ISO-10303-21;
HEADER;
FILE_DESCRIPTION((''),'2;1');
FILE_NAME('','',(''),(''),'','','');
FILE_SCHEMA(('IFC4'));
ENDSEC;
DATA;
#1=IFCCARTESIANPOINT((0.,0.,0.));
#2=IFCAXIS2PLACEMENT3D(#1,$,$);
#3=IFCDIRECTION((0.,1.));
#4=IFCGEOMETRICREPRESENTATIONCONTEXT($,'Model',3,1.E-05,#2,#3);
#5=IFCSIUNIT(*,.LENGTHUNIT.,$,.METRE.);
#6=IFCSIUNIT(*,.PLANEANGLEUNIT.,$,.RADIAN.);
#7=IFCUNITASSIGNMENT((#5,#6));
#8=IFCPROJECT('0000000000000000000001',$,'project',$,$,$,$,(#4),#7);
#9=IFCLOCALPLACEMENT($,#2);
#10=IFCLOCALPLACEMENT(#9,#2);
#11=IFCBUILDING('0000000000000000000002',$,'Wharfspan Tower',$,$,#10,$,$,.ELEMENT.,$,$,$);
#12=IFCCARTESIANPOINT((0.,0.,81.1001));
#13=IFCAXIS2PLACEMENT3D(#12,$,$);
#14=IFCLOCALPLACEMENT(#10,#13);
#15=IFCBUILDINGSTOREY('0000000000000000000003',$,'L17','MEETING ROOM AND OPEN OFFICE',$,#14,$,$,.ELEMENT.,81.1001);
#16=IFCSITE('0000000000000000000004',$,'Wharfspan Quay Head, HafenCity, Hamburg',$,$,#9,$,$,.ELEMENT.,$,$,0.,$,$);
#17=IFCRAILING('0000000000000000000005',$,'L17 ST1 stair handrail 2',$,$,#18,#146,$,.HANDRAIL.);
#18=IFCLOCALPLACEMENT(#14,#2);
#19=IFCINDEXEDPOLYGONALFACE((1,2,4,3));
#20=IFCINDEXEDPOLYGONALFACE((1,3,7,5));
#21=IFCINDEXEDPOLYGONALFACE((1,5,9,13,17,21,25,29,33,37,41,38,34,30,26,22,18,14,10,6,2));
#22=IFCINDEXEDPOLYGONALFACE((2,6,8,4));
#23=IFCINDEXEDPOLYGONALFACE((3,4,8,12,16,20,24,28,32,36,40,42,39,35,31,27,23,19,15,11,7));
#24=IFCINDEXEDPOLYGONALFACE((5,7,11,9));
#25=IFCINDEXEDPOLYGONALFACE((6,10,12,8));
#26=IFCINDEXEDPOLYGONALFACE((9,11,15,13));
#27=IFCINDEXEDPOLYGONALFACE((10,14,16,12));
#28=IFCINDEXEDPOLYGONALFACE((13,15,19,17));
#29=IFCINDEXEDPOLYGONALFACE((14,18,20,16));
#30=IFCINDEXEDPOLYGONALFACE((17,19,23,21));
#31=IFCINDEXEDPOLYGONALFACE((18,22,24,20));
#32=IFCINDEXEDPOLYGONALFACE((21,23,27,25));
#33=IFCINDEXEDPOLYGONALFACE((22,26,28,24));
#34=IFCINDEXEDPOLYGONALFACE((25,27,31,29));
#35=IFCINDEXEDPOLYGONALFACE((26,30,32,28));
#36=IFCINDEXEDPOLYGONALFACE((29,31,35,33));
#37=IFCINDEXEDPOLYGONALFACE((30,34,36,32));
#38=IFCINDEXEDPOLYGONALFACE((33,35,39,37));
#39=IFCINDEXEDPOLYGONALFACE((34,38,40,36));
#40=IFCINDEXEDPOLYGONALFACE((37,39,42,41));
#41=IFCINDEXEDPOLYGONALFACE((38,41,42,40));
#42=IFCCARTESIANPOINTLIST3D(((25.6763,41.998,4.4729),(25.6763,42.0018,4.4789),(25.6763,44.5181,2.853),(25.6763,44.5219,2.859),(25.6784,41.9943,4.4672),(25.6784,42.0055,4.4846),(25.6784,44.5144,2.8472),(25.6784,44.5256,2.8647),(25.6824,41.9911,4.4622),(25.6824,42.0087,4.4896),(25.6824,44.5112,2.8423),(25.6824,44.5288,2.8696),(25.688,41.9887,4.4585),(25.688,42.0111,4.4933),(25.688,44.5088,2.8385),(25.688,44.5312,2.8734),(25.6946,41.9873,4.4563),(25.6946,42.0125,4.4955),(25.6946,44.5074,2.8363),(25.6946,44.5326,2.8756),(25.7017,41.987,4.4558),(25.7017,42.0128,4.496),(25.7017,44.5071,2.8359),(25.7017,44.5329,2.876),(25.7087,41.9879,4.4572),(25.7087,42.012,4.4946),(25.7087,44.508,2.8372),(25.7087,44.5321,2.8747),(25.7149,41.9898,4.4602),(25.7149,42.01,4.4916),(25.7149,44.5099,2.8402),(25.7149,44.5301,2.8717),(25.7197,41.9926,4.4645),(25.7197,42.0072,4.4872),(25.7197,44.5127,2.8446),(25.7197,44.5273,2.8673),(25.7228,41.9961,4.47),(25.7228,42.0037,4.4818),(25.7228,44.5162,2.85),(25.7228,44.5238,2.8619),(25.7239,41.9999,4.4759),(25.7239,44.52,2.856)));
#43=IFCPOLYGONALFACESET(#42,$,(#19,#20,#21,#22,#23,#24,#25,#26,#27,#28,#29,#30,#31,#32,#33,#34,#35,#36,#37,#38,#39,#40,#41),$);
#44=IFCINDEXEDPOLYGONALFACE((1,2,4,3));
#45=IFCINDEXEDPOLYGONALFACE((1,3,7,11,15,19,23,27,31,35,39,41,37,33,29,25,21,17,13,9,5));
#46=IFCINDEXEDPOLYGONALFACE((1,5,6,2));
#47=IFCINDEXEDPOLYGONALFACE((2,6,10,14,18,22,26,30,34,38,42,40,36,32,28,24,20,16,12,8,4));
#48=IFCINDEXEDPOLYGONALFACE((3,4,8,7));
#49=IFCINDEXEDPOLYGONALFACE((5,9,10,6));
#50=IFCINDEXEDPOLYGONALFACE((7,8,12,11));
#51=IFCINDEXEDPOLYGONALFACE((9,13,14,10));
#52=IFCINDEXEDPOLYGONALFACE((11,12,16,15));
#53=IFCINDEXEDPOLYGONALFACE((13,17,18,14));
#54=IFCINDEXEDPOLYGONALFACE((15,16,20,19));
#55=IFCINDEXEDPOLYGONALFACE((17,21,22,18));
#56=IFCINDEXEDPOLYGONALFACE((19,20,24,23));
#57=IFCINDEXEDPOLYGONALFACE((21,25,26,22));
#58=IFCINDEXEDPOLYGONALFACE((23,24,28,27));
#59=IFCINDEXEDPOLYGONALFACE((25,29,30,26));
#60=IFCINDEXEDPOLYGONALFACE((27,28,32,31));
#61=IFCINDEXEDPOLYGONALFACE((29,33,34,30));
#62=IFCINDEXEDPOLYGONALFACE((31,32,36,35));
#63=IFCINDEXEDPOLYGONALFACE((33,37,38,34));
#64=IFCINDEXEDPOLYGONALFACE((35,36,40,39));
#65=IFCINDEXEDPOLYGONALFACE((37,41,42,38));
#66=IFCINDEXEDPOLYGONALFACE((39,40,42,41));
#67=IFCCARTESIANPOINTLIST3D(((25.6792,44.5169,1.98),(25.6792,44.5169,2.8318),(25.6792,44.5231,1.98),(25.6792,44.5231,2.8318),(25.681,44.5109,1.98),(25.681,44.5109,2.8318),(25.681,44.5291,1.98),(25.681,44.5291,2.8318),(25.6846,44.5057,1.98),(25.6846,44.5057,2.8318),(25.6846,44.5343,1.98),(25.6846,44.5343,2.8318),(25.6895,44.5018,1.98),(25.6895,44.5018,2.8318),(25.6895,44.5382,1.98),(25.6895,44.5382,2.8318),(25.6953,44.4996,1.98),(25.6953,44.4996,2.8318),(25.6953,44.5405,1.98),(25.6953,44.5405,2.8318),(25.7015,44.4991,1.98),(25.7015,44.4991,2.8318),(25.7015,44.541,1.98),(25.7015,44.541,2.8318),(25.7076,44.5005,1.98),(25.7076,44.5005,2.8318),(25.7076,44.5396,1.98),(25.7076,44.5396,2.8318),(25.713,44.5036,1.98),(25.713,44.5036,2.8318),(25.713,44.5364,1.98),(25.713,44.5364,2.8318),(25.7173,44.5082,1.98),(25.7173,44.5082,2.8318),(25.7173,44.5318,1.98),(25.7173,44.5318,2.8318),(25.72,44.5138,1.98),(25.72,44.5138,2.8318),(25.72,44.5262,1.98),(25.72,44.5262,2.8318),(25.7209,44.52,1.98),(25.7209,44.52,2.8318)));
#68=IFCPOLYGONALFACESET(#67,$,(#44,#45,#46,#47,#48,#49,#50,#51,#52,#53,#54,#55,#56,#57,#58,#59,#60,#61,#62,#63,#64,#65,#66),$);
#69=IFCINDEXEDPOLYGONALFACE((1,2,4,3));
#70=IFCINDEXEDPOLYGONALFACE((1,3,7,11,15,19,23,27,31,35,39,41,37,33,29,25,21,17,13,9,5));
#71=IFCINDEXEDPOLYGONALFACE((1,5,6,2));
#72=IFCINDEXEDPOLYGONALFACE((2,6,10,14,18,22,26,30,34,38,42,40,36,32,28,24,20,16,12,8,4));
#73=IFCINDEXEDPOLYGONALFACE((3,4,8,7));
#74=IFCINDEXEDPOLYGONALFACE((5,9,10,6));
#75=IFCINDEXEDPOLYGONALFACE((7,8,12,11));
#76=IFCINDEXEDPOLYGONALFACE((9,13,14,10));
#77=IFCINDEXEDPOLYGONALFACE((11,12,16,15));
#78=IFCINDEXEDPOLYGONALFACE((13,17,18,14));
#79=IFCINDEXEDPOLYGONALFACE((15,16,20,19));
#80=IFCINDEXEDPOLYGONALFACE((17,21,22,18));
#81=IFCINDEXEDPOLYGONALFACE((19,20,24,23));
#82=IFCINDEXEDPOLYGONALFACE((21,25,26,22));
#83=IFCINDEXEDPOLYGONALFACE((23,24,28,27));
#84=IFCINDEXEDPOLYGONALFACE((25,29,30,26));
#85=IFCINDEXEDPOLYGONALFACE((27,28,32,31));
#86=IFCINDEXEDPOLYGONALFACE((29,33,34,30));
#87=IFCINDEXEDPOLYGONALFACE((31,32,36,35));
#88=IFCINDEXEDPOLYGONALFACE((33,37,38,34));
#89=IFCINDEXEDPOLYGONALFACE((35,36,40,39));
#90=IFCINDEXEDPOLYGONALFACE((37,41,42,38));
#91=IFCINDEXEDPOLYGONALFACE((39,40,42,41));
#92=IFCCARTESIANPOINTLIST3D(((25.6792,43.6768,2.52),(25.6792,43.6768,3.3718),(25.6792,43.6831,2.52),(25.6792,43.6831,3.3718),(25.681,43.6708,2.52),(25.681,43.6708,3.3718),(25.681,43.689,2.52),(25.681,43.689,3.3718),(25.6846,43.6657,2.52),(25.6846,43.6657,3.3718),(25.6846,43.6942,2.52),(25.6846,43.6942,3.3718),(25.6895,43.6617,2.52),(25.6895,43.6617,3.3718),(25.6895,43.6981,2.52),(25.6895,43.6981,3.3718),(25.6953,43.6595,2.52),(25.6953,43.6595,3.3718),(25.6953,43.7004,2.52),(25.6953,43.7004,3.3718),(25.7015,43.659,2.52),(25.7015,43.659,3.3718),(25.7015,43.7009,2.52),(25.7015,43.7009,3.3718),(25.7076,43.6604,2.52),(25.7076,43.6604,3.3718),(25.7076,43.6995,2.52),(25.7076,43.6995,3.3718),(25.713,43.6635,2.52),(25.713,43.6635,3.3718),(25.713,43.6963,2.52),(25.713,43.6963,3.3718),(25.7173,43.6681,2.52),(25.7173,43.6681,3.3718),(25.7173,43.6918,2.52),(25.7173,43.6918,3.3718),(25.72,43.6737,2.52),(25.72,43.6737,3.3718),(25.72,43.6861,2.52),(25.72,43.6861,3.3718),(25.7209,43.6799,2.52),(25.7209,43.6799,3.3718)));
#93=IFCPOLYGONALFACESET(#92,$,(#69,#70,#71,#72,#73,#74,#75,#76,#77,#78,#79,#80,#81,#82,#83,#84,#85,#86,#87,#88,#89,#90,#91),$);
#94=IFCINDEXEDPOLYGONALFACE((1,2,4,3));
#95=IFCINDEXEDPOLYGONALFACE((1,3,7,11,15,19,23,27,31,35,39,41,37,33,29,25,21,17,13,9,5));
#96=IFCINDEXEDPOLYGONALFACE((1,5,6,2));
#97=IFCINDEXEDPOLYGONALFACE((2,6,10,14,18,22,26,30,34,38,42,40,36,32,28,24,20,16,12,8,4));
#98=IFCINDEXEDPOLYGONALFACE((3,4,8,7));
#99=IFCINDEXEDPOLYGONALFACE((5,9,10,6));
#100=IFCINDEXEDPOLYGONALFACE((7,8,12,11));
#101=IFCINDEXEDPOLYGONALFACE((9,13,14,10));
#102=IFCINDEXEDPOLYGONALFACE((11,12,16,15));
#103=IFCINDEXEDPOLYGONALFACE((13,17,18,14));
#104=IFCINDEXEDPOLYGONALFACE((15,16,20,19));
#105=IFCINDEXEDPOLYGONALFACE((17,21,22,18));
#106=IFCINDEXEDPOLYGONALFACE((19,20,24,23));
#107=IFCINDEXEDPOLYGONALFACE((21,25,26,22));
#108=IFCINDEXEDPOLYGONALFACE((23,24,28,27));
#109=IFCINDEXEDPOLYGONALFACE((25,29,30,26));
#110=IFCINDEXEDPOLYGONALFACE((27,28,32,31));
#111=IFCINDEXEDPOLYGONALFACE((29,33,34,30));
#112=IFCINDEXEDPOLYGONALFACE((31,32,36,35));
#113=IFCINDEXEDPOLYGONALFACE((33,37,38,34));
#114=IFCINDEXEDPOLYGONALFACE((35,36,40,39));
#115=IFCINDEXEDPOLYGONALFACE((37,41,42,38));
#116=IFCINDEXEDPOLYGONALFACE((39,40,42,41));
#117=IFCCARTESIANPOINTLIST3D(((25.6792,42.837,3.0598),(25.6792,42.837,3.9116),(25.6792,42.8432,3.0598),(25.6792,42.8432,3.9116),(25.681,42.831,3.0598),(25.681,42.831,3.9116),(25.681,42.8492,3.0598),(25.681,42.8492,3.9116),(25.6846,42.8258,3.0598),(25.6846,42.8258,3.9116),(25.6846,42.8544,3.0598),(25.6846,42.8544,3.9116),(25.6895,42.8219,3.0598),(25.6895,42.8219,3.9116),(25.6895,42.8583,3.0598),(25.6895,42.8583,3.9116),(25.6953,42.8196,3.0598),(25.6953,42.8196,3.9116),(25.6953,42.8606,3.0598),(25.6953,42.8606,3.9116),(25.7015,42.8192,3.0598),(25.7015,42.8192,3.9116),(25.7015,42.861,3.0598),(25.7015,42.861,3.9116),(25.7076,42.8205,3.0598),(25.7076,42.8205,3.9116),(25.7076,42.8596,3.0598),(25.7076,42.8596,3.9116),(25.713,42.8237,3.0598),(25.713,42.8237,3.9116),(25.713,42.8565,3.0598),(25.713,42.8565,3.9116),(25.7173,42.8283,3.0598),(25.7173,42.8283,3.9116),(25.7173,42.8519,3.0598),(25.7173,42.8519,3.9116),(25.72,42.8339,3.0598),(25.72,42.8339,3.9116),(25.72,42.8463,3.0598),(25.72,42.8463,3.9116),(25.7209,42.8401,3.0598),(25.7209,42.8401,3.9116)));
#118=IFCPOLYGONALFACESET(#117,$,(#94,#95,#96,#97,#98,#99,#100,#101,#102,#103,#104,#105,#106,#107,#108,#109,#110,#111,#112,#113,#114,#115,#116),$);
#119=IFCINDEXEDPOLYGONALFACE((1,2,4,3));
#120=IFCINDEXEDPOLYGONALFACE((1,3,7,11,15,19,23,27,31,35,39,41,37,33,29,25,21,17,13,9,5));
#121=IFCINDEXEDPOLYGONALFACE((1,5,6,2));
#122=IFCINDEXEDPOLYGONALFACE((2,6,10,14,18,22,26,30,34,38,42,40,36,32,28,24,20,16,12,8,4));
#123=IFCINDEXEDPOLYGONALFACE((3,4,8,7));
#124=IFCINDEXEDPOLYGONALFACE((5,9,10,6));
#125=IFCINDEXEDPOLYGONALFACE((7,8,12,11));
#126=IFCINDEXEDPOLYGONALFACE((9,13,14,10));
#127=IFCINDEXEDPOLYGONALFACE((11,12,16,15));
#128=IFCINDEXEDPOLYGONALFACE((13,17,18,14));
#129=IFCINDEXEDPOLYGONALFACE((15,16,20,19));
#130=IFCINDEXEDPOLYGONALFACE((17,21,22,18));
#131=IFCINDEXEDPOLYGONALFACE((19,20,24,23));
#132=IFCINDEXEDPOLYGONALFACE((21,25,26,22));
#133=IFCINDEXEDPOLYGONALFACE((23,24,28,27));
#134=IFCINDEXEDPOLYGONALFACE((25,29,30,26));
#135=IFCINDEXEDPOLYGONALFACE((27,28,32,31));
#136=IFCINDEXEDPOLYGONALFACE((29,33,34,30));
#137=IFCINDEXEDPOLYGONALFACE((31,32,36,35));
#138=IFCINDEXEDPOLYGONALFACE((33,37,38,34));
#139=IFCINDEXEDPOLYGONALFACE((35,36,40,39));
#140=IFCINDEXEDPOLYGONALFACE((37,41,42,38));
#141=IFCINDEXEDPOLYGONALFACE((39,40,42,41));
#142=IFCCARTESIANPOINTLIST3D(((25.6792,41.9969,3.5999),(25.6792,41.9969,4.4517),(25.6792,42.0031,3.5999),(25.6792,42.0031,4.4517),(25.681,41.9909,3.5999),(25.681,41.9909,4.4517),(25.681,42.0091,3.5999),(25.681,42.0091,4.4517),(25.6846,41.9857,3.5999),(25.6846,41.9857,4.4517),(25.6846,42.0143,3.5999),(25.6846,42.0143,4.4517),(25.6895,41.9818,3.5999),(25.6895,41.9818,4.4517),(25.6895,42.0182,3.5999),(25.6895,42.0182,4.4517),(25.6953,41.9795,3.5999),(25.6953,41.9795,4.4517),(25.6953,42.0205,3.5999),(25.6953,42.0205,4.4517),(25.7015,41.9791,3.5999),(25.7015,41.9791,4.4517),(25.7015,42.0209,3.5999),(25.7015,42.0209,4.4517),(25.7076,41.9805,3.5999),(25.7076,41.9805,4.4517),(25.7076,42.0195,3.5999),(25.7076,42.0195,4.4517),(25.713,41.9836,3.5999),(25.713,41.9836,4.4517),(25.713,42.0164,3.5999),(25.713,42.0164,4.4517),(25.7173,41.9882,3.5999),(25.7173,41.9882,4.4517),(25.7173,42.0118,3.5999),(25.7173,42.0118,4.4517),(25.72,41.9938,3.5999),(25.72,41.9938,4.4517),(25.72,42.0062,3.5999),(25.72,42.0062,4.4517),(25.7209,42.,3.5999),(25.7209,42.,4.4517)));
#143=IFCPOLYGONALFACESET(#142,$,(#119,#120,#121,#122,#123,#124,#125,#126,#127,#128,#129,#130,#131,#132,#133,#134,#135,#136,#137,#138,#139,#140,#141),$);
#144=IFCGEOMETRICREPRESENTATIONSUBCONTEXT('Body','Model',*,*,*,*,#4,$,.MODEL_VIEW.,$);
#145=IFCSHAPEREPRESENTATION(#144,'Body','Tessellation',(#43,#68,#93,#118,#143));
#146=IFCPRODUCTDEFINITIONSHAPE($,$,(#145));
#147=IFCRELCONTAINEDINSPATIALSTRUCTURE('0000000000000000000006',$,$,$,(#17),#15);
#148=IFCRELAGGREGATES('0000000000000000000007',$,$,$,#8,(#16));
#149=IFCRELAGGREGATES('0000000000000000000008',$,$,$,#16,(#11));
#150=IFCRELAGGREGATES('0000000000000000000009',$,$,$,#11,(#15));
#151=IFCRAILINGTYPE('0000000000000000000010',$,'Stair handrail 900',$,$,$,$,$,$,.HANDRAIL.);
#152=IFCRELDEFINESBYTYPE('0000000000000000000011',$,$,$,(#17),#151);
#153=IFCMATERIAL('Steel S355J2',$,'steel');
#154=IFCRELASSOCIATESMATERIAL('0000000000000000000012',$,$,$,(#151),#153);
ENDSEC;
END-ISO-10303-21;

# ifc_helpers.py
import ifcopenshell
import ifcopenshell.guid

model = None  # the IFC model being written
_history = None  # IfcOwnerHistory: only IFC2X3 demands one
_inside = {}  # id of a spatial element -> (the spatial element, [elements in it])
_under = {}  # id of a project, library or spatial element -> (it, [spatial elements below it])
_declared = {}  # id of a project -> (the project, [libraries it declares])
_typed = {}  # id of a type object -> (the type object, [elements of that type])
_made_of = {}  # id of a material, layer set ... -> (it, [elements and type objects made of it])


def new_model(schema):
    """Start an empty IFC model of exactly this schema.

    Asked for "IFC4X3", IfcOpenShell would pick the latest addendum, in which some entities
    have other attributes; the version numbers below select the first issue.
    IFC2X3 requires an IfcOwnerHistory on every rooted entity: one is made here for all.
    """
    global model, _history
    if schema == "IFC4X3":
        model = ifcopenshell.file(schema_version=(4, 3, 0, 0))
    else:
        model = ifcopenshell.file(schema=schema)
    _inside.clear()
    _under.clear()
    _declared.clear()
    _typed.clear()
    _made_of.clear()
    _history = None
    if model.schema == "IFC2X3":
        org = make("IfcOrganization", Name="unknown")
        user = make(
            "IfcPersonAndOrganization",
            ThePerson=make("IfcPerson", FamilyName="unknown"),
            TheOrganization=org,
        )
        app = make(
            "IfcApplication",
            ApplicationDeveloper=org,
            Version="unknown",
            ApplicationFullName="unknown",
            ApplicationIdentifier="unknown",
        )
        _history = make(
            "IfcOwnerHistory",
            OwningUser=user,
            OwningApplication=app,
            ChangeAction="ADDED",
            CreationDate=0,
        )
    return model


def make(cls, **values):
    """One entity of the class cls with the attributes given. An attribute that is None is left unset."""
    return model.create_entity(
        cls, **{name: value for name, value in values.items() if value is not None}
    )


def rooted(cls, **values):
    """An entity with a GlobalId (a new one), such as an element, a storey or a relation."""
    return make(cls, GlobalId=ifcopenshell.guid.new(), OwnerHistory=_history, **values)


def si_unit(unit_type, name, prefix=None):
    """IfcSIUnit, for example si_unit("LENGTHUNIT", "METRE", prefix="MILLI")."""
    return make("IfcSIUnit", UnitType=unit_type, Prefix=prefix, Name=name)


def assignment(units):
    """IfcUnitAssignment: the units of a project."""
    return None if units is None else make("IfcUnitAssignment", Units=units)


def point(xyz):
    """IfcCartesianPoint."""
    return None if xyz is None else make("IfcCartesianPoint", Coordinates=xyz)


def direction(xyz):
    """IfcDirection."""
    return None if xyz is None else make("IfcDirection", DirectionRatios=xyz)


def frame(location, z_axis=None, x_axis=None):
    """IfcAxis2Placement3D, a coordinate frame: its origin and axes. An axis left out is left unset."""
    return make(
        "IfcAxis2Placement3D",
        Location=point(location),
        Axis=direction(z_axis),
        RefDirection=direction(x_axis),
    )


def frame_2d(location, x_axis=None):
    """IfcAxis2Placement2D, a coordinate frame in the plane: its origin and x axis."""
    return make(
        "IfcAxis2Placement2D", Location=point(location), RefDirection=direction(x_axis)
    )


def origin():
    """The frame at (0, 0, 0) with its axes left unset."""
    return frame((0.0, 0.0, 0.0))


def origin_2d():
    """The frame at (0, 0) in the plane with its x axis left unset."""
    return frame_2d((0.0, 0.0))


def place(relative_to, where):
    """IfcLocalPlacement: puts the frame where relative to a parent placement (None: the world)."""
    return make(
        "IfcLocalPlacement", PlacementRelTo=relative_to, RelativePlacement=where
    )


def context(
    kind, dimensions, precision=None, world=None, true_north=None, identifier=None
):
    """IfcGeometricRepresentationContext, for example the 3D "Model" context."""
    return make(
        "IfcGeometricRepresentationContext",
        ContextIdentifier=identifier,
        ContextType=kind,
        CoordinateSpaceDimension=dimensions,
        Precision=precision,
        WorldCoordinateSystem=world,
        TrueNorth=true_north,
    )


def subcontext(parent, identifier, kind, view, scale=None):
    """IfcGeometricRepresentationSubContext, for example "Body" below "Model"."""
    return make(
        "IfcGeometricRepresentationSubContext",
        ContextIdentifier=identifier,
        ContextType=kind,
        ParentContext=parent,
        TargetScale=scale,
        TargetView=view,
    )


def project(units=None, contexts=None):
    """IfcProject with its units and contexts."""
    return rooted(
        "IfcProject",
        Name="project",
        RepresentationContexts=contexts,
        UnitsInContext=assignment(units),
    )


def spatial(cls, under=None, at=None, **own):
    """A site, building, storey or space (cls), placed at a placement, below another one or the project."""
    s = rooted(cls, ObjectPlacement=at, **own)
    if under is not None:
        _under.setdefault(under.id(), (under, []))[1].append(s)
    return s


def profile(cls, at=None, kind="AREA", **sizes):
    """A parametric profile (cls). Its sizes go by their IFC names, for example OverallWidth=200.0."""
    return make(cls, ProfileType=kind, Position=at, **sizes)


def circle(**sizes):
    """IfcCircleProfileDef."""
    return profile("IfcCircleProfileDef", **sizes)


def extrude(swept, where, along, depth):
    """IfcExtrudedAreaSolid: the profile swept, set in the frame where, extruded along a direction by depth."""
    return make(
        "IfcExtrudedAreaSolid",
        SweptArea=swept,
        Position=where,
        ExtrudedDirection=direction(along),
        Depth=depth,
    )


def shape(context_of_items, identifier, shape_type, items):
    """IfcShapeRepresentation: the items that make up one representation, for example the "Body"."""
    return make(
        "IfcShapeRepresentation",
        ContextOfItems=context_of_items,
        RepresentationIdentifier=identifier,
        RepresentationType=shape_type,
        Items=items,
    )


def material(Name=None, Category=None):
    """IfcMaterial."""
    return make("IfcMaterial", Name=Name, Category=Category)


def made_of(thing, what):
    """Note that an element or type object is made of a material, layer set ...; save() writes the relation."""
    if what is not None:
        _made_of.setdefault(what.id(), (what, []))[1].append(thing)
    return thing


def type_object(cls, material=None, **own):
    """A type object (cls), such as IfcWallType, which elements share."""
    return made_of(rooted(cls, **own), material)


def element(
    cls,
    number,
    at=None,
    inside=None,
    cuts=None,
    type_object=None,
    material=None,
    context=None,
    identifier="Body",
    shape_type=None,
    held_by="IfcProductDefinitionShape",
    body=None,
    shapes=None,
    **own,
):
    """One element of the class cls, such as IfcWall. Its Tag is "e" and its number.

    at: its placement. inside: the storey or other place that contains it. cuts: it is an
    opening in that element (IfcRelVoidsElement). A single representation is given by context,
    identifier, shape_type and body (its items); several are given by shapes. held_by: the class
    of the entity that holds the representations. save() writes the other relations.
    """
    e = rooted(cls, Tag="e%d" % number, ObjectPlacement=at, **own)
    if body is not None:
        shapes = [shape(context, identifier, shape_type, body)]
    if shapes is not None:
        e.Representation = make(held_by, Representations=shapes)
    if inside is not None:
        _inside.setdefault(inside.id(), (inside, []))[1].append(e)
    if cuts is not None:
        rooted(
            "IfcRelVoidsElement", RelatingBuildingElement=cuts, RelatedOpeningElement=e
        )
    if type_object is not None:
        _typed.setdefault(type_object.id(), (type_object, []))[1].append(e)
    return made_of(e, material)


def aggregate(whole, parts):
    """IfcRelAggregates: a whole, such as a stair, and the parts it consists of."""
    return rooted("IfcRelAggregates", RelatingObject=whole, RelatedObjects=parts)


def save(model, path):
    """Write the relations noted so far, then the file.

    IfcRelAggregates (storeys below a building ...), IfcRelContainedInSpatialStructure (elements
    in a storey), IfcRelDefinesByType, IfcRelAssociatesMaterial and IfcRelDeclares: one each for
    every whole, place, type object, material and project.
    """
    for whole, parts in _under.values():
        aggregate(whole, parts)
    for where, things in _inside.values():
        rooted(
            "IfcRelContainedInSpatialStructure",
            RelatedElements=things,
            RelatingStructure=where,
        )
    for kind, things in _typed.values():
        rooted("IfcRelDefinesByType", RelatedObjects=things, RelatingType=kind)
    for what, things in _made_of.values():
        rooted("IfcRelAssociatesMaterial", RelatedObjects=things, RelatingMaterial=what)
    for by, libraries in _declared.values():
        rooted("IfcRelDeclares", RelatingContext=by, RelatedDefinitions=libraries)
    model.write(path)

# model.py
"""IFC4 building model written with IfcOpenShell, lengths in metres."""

from ifc_helpers import new_model, si_unit, direction, frame, origin, origin_2d, place, context, subcontext, project, spatial, circle, extrude, material, type_object, element, save


model = new_model("IFC4")

# Units and contexts
model_context = context("Model", 3, precision=1e-05, world=origin(), true_north=direction((0.0, 1.0)))
body_context = subcontext(model_context, "Body", "Model", "MODEL_VIEW")
ifc_project = project(units=[si_unit("LENGTHUNIT", "METRE"), si_unit("PLANEANGLEUNIT", "RADIAN")], contexts=[model_context])

# Site, building, storey
site_placement = place(None, origin())
site = spatial("IfcSite", under=ifc_project, at=site_placement, Name="Wharfspan Quay Head, HafenCity, Hamburg", CompositionType="ELEMENT", RefElevation=0.0)
building_placement = place(site_placement, origin())
building = spatial("IfcBuilding", under=site, at=building_placement, Name="Wharfspan Tower", CompositionType="ELEMENT")
storey_placement = place(building_placement, frame((0.0, 0.0, 81.1001)))
storey = spatial("IfcBuildingStorey", under=building, at=storey_placement, Name="L17", Description="MEETING ROOM AND OPEN OFFICE", CompositionType="ELEMENT", Elevation=81.1001)

# Shared definitions
ifc_material_1 = material(Name="Steel S355J2", Category="steel")

# Railing
railing_type_1 = type_object("IfcRailingType", Name="Stair handrail 900", PredefinedType="HANDRAIL", material=ifc_material_1)
railing_1_placement = place(storey_placement, frame((25.7, 44.52, 1.98)))
element("IfcRailing", 1, at=railing_1_placement, inside=storey, type_object=railing_type_1, Name="L17 ST1 stair handrail 2", PredefinedType="HANDRAIL", context=body_context, shape_type="SweptSolid", body=[
    extrude(circle(Radius=0.0239, at=origin_2d()), frame((0.0, 0.0, 0.876), z_axis=(0.0, -0.8412, 0.540725), x_axis=(1.0, 0.0, 0.0)), (0.0, 0.0, 1.0), 2.9958),
    extrude(circle(Radius=0.021, at=origin_2d()), origin(), (0.0, 0.0, 1.0), 0.8518),
    extrude(circle(Radius=0.021, at=origin_2d()), frame((0.0, -0.8401, 0.54)), (0.0, 0.0, 1.0), 0.8518),
    extrude(circle(Radius=0.021, at=origin_2d()), frame((0.0, -1.6799, 1.0798)), (0.0, 0.0, 1.0), 0.8518),
    extrude(circle(Radius=0.021, at=origin_2d()), frame((0.0, -2.52, 1.6199)), (0.0, 0.0, 1.0), 0.8518),
])

save(model, "model.ifc")
